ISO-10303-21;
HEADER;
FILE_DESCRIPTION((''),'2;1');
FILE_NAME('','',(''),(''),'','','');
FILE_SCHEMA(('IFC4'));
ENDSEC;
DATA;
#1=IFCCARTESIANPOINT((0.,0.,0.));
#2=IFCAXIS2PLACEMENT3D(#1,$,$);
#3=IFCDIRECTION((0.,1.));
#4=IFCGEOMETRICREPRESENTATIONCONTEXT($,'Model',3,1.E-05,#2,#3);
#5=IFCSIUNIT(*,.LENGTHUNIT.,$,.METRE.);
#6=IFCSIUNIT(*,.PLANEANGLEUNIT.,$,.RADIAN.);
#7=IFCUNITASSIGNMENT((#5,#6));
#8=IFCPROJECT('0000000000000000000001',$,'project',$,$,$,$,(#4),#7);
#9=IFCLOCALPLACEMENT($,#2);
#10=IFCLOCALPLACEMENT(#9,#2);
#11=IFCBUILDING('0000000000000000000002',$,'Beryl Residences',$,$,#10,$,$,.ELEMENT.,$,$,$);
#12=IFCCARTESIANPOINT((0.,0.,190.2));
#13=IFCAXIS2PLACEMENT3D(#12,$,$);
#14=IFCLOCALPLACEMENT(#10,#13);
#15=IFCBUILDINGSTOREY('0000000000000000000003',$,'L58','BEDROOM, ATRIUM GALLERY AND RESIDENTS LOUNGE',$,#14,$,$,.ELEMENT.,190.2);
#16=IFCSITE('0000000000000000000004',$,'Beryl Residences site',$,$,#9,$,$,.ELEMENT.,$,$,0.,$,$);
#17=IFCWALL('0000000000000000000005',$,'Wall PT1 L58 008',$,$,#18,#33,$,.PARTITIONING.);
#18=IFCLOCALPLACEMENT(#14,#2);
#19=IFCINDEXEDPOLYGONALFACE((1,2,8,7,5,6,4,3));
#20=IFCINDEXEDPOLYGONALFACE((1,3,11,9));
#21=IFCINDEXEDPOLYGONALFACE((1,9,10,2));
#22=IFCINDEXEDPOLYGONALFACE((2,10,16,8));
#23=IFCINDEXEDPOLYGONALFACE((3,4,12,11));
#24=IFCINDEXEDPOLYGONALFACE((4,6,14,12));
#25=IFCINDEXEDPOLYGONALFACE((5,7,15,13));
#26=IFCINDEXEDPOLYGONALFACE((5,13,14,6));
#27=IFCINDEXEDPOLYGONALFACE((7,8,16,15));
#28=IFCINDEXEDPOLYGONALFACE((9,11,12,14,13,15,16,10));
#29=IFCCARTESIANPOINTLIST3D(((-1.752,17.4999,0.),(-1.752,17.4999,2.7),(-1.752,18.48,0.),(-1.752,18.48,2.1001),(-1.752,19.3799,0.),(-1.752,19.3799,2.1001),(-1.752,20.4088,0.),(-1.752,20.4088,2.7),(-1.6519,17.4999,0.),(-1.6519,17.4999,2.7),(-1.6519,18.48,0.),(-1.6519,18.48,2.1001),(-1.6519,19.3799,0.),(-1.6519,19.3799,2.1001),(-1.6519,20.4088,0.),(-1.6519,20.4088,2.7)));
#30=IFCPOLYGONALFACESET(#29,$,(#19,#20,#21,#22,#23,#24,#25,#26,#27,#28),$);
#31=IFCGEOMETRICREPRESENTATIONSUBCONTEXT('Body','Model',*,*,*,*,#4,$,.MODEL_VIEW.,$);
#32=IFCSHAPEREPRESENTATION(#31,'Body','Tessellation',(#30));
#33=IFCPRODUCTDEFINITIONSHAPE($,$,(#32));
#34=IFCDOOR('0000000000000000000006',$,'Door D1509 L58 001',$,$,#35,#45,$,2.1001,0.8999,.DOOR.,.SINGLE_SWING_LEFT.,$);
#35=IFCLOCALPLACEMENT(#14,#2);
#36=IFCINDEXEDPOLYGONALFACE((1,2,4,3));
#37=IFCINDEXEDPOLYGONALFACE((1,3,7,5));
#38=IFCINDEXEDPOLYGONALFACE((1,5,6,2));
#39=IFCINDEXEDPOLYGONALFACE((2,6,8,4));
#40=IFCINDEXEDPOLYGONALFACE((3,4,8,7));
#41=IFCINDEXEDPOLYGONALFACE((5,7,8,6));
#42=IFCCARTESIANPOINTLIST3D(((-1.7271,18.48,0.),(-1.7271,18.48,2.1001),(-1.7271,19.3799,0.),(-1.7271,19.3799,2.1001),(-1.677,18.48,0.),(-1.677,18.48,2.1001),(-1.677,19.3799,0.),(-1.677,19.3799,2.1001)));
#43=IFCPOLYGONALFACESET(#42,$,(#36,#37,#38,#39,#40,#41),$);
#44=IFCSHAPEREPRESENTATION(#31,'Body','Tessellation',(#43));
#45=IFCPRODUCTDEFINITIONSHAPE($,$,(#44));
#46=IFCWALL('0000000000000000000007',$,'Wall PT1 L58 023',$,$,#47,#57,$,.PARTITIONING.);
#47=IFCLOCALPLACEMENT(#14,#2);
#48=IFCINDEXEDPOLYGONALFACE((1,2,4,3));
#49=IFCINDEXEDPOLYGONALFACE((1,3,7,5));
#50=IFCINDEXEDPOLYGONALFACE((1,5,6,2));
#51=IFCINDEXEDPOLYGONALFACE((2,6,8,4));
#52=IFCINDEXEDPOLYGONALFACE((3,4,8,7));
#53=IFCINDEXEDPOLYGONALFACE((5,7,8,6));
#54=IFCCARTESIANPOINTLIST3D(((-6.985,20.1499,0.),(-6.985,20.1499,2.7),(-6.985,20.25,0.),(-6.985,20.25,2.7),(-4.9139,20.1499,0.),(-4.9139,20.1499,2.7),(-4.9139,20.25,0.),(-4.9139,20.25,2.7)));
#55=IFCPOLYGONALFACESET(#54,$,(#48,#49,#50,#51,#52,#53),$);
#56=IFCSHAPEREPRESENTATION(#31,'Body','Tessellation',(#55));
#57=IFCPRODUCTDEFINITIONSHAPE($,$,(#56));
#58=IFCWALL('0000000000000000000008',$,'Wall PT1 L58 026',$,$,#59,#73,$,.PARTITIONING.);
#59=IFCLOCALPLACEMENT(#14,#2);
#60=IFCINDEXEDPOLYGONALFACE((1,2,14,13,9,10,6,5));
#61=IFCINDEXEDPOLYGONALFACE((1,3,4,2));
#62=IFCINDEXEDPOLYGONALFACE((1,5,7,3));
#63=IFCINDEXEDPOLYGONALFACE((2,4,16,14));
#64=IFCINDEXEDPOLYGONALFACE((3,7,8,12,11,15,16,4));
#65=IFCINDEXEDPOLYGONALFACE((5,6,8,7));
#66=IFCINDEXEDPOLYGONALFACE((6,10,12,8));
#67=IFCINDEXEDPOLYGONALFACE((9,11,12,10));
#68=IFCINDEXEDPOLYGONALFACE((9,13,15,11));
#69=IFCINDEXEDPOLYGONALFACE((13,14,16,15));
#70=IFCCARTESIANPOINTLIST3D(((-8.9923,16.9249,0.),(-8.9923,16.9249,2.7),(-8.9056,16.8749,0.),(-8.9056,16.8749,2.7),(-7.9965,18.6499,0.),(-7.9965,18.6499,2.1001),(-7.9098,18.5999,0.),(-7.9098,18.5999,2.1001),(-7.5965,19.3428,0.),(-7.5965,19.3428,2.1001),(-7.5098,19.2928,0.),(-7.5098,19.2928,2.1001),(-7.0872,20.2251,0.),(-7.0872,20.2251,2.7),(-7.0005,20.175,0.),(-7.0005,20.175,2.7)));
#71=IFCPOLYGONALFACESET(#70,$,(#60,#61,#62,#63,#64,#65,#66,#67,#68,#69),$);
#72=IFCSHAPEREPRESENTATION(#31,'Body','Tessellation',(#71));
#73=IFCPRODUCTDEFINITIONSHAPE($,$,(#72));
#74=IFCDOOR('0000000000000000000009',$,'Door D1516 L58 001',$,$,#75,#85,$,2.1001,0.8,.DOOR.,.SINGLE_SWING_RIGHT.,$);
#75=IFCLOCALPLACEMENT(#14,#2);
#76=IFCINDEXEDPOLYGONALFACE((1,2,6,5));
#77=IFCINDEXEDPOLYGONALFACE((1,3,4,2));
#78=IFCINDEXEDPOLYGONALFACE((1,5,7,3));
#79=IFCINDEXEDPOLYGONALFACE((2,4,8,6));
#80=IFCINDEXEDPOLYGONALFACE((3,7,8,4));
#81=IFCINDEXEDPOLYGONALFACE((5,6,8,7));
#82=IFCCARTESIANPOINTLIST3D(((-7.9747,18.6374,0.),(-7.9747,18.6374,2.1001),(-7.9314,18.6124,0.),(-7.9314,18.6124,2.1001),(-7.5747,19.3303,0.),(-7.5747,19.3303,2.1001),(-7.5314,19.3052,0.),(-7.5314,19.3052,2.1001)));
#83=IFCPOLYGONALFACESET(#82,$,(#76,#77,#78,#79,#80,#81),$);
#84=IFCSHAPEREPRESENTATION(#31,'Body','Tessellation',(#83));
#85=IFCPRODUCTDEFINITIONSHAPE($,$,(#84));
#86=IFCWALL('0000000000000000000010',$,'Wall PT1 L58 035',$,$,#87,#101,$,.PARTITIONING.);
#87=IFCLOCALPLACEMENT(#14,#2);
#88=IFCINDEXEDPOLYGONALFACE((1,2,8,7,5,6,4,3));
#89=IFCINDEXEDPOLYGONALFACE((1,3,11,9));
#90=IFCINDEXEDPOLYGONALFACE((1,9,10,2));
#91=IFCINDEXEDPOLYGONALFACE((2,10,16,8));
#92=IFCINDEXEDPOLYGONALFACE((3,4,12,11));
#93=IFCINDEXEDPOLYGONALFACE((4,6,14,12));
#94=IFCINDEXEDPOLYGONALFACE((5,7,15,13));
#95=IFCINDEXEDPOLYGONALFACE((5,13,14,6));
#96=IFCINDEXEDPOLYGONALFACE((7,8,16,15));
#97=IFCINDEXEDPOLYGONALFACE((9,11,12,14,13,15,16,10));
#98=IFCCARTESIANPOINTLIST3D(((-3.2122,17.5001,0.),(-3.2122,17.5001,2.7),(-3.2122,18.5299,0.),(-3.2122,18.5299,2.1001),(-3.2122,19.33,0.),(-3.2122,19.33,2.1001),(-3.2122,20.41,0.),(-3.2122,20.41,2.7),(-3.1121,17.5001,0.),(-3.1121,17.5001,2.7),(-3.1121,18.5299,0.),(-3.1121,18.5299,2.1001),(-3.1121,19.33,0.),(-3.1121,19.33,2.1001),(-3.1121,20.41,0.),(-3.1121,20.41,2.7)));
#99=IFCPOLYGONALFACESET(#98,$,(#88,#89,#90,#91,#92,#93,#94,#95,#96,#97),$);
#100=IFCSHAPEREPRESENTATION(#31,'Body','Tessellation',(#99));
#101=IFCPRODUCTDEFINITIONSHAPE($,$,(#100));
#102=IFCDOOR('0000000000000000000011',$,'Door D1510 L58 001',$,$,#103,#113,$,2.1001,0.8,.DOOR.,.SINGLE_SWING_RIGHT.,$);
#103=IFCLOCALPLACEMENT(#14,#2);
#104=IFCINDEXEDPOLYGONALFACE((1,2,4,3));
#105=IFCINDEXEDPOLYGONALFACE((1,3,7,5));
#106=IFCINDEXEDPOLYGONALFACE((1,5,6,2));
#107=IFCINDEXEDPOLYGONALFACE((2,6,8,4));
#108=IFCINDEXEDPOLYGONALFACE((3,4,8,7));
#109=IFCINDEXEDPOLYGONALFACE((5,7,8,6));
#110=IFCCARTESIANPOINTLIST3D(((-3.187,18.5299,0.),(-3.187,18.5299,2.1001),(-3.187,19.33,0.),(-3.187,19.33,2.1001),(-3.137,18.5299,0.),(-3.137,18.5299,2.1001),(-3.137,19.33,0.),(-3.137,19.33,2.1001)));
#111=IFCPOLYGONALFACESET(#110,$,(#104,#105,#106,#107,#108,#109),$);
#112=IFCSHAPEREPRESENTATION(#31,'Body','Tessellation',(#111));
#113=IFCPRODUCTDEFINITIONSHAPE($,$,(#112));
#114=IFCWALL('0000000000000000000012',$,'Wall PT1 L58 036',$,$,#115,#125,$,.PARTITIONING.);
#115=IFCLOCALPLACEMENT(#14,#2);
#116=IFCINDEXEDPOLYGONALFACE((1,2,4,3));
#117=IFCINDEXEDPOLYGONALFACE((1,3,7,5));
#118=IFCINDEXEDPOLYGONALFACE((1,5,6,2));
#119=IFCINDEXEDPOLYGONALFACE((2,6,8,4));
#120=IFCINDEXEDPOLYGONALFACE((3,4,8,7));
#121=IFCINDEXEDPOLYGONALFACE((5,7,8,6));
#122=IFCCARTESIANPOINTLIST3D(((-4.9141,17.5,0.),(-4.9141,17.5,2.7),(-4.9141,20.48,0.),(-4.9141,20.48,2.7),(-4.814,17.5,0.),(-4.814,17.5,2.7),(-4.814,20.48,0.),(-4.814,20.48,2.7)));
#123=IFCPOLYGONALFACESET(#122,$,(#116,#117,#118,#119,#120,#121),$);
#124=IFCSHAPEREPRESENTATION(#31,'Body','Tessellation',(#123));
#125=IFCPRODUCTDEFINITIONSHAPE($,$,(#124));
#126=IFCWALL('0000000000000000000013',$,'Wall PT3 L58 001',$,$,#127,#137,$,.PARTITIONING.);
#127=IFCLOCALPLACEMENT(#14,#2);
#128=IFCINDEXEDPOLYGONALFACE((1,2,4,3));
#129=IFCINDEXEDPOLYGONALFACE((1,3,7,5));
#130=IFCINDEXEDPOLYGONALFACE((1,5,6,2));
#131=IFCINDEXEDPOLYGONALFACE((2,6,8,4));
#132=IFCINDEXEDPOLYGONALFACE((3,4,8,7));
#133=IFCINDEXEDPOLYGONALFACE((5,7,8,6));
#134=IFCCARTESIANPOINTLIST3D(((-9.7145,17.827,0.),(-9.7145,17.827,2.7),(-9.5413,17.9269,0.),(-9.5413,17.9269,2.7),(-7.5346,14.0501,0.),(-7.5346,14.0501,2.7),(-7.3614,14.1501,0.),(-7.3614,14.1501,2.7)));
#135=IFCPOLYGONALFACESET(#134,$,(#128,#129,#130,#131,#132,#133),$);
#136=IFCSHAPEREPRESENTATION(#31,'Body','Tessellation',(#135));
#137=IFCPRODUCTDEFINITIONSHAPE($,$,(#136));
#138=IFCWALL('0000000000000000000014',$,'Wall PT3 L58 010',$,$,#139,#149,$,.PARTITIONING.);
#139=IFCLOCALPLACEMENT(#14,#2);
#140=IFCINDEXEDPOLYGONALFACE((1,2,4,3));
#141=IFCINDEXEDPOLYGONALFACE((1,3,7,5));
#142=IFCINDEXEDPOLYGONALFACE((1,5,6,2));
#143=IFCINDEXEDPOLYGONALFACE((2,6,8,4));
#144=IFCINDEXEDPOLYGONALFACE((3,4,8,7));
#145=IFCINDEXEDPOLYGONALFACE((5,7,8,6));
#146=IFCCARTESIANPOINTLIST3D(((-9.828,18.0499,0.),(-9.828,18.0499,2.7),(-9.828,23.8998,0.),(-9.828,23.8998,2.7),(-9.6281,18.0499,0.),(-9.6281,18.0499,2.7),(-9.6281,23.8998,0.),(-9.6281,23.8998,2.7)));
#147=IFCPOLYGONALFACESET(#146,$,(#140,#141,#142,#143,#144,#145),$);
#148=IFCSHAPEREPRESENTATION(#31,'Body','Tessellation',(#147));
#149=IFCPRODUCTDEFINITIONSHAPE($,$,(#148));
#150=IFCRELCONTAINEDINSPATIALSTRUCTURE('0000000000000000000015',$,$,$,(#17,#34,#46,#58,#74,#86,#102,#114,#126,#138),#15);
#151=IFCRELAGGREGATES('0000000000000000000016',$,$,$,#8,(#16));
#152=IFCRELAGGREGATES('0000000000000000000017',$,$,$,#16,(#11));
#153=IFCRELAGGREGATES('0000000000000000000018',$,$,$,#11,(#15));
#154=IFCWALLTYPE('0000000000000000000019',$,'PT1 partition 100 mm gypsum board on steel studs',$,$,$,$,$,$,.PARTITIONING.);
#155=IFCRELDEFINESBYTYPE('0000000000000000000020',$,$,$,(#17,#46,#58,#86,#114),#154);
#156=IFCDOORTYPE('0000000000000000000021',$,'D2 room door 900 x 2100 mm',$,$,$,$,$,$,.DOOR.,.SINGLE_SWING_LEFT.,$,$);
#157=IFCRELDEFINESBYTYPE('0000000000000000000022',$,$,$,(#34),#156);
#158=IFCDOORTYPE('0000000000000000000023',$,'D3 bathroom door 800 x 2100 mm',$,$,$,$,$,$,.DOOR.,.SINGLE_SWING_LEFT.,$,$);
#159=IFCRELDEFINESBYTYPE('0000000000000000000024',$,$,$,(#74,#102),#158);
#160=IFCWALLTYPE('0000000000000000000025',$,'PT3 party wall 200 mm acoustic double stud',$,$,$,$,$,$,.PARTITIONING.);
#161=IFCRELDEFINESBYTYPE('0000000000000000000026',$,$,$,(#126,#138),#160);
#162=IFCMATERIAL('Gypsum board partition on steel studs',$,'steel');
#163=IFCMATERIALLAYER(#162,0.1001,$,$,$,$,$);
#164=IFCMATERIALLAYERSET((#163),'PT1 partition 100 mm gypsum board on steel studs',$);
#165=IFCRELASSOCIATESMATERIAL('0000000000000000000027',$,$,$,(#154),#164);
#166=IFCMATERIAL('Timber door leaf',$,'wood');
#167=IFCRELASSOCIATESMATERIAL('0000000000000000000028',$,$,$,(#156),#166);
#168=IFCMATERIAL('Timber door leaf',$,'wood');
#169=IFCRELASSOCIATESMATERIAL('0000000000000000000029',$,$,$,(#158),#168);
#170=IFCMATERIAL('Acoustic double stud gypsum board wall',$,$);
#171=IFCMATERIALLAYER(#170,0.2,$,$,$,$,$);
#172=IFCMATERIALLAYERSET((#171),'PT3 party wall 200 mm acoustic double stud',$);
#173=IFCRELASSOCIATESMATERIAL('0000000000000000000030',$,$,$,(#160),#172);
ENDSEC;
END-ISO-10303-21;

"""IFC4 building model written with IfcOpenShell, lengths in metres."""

from ifc_helpers import new_model, si_unit, direction, frame, frame_2d, origin, place, context, subcontext, project, spatial, rectangle, extrude, material, layer, layer_set, type_object, element, fill, save


model = new_model("IFC4")

# Units and contexts
model_context = context("Model", 3, precision=1e-05, world=origin(), true_north=direction((0.0, 1.0)))
body_context = subcontext(model_context, "Body", "Model", "MODEL_VIEW")
ifc_project = project(units=[si_unit("LENGTHUNIT", "METRE"), si_unit("PLANEANGLEUNIT", "RADIAN")], contexts=[model_context])

# Site, building, storey
site_placement = place(None, origin())
site = spatial("IfcSite", under=ifc_project, at=site_placement, Name="Beryl Residences site", CompositionType="ELEMENT", RefElevation=0.0)
building_placement = place(site_placement, origin())
building = spatial("IfcBuilding", under=site, at=building_placement, Name="Beryl Residences", CompositionType="ELEMENT")
storey_placement = place(building_placement, frame((0.0, 0.0, 190.2)))
storey = spatial("IfcBuildingStorey", under=building, at=storey_placement, Name="L58", Description="BEDROOM, ATRIUM GALLERY AND RESIDENTS LOUNGE", CompositionType="ELEMENT", Elevation=190.2)

# Wall, opening, door
ifc_material_1 = material(Name="Gypsum board partition on steel studs", Category="steel")
ifc_layer_1 = layer(ifc_material_1, 0.1001)
ifc_layer_set_1 = layer_set([ifc_layer_1], Name="PT1 partition 100 mm gypsum board on steel studs")
wall_type_1 = type_object("IfcWallType", Name="PT1 partition 100 mm gypsum board on steel studs", PredefinedType="PARTITIONING", material=ifc_layer_set_1)
ifc_material_2 = material(Name="Timber door leaf", Category="wood")
door_type_1 = type_object("IfcDoorType", Name="D2 room door 900 x 2100 mm", OperationType="SINGLE_SWING_LEFT", PredefinedType="DOOR", material=ifc_material_2)
wall_1_placement = place(storey_placement, frame((-1.7019, 20.4089, 0.0), z_axis=(0.0, 0.0, 1.0), x_axis=(0.0, -1.0, 0.0)))
wall_1 = element("IfcWall", 1, at=wall_1_placement, inside=storey, type_object=wall_type_1, Name="Wall PT1 L58 008", PredefinedType="PARTITIONING", context=body_context, shape_type="SweptSolid", body=[
    extrude(rectangle(XDim=2.9089, YDim=0.1001, at=frame_2d((1.4546, 0.0))), origin(), (0.0, 0.0, 1.0), 2.7),
])
opening_1_placement = place(wall_1_placement, frame((1.0291, 0.0, 0.0)))
opening_1 = element("IfcOpeningElement", 2, at=opening_1_placement, cuts=wall_1, PredefinedType="OPENING", context=body_context, shape_type="SweptSolid", body=[
    extrude(rectangle(XDim=0.8999, YDim=2.1001, at=frame_2d((0.45, 1.05))), frame((0.0, 0.0601, 0.0), z_axis=(0.0, -1.0, 0.0), x_axis=(1.0, 0.0, 0.0)), (0.0, 0.0, 1.0), 0.1201),
])
door_1_placement = place(opening_1_placement, origin())
door_1 = element("IfcDoor", 3, at=door_1_placement, inside=storey, type_object=door_type_1, Name="Door D1509 L58 001", OperationType="SINGLE_SWING_LEFT", OverallHeight=2.1001, OverallWidth=0.8999, PredefinedType="DOOR", context=body_context, shape_type="SweptSolid", body=[
    extrude(rectangle(XDim=0.8999, YDim=2.1001, at=frame_2d((0.45, 1.05))), frame((0.0, 0.0249, 0.0), z_axis=(0.0, -1.0, 0.0), x_axis=(1.0, 0.0, 0.0)), (0.0, 0.0, 1.0), 0.05),
])
fill(opening_1, door_1)

# Wall
wall_2_placement = place(storey_placement, frame((-6.9851, 20.2, 0.0), z_axis=(0.0, 0.0, 1.0), x_axis=(1.0, 0.0, 0.0)))
element("IfcWall", 4, at=wall_2_placement, inside=storey, type_object=wall_type_1, Name="Wall PT1 L58 023", PredefinedType="PARTITIONING", context=body_context, shape_type="SweptSolid", body=[
    extrude(rectangle(XDim=2.071, YDim=0.1001, at=frame_2d((1.0356, 0.0))), origin(), (0.0, 0.0, 1.0), 2.7),
])

# Walls, openings, doors
wall_3_placement = place(storey_placement, frame((-8.949, 16.8999, 0.0), z_axis=(0.0, 0.0, 1.0), x_axis=(0.49995, 0.866054, 0.0)))
wall_3 = element("IfcWall", 5, at=wall_3_placement, inside=storey, type_object=wall_type_1, Name="Wall PT1 L58 026", PredefinedType="PARTITIONING", context=body_context, shape_type="SweptSolid", body=[
    extrude(rectangle(XDim=3.8105, YDim=0.1001, at=frame_2d((1.9053, 0.0))), origin(), (0.0, 0.0, 1.0), 2.7),
])
opening_2_placement = place(wall_3_placement, frame((1.9919, 0.0, 0.0)))
opening_2 = element("IfcOpeningElement", 6, at=opening_2_placement, cuts=wall_3, PredefinedType="OPENING", context=body_context, shape_type="SweptSolid", body=[
    extrude(rectangle(XDim=0.8, YDim=2.1001, at=frame_2d((0.3999, 1.05))), frame((0.0, 0.0601, 0.0), z_axis=(0.0, -1.0, 0.0), x_axis=(1.0, 0.0, 0.0)), (0.0, 0.0, 1.0), 0.1201),
])
ifc_material_3 = material(Name="Timber door leaf", Category="wood")
door_type_2 = type_object("IfcDoorType", Name="D3 bathroom door 800 x 2100 mm", OperationType="SINGLE_SWING_LEFT", PredefinedType="DOOR", material=ifc_material_3)
door_2_placement = place(opening_2_placement, origin())
door_2 = element("IfcDoor", 7, at=door_2_placement, inside=storey, type_object=door_type_2, Name="Door D1516 L58 001", OperationType="SINGLE_SWING_RIGHT", OverallHeight=2.1001, OverallWidth=0.8, PredefinedType="DOOR", context=body_context, shape_type="SweptSolid", body=[
    extrude(rectangle(XDim=0.8, YDim=2.1001, at=frame_2d((0.3999, 1.05))), frame((0.0, 0.0249, 0.0), z_axis=(0.0, -1.0, 0.0), x_axis=(1.0, 0.0, 0.0)), (0.0, 0.0, 1.0), 0.05),
])
fill(opening_2, door_2)
wall_4_placement = place(storey_placement, frame((-3.1621, 17.5, 0.0), z_axis=(0.0, 0.0, 1.0), x_axis=(0.0, 1.0, 0.0)))
wall_4 = element("IfcWall", 8, at=wall_4_placement, inside=storey, type_object=wall_type_1, Name="Wall PT1 L58 035", PredefinedType="PARTITIONING", context=body_context, shape_type="SweptSolid", body=[
    extrude(rectangle(XDim=2.9099, YDim=0.1001, at=frame_2d((1.4551, 0.0))), origin(), (0.0, 0.0, 1.0), 2.7),
])
opening_3_placement = place(wall_4_placement, frame((1.03, 0.0, 0.0)))
opening_3 = element("IfcOpeningElement", 9, at=opening_3_placement, cuts=wall_4, PredefinedType="OPENING", context=body_context, shape_type="SweptSolid", body=[
    extrude(rectangle(XDim=0.8, YDim=2.1001, at=frame_2d((0.3999, 1.05))), frame((0.0, 0.0601, 0.0), z_axis=(0.0, -1.0, 0.0), x_axis=(1.0, 0.0, 0.0)), (0.0, 0.0, 1.0), 0.1201),
])
door_3_placement = place(opening_3_placement, origin())
door_3 = element("IfcDoor", 10, at=door_3_placement, inside=storey, type_object=door_type_2, Name="Door D1510 L58 001", OperationType="SINGLE_SWING_RIGHT", OverallHeight=2.1001, OverallWidth=0.8, PredefinedType="DOOR", context=body_context, shape_type="SweptSolid", body=[
    extrude(rectangle(XDim=0.8, YDim=2.1001, at=frame_2d((0.3999, 1.05))), frame((0.0, 0.0249, 0.0), z_axis=(0.0, -1.0, 0.0), x_axis=(1.0, 0.0, 0.0)), (0.0, 0.0, 1.0), 0.05),
])
fill(opening_3, door_3)

# Walls
wall_5_placement = place(storey_placement, frame((-4.864, 17.5, 0.0), z_axis=(0.0, 0.0, 1.0), x_axis=(0.0, 1.0, 0.0)))
element("IfcWall", 11, at=wall_5_placement, inside=storey, type_object=wall_type_1, Name="Wall PT1 L58 036", PredefinedType="PARTITIONING", context=body_context, shape_type="SweptSolid", body=[
    extrude(rectangle(XDim=2.98, YDim=0.1001, at=frame_2d((1.49, 0.0))), origin(), (0.0, 0.0, 1.0), 2.7),
])
ifc_material_4 = material(Name="Acoustic double stud gypsum board wall")
ifc_layer_2 = layer(ifc_material_4, 0.2)
ifc_layer_set_2 = layer_set([ifc_layer_2], Name="PT3 party wall 200 mm acoustic double stud")
wall_type_2 = type_object("IfcWallType", Name="PT3 party wall 200 mm acoustic double stud", PredefinedType="PARTITIONING", material=ifc_layer_set_2)
wall_6_placement = place(storey_placement, frame((-9.6279, 17.877, 0.0), z_axis=(0.0, 0.0, 1.0), x_axis=(0.49989, -0.866089, 0.0)))
element("IfcWall", 12, at=wall_6_placement, inside=storey, type_object=wall_type_2, Name="Wall PT3 L58 001", PredefinedType="PARTITIONING", context=body_context, shape_type="SweptSolid", body=[
    extrude(rectangle(XDim=4.3608, YDim=0.2, at=frame_2d((2.1804, 0.0))), origin(), (0.0, 0.0, 1.0), 2.7),
])
wall_7_placement = place(storey_placement, frame((-9.728, 18.05, 0.0), z_axis=(0.0, 0.0, 1.0), x_axis=(0.0, 1.0, 0.0)))
element("IfcWall", 13, at=wall_7_placement, inside=storey, type_object=wall_type_2, Name="Wall PT3 L58 010", PredefinedType="PARTITIONING", context=body_context, shape_type="SweptSolid", body=[
    extrude(rectangle(XDim=5.8499, YDim=0.2, at=frame_2d((2.9248, 0.0))), origin(), (0.0, 0.0, 1.0), 2.7),
])

save(model, "model.ifc")
